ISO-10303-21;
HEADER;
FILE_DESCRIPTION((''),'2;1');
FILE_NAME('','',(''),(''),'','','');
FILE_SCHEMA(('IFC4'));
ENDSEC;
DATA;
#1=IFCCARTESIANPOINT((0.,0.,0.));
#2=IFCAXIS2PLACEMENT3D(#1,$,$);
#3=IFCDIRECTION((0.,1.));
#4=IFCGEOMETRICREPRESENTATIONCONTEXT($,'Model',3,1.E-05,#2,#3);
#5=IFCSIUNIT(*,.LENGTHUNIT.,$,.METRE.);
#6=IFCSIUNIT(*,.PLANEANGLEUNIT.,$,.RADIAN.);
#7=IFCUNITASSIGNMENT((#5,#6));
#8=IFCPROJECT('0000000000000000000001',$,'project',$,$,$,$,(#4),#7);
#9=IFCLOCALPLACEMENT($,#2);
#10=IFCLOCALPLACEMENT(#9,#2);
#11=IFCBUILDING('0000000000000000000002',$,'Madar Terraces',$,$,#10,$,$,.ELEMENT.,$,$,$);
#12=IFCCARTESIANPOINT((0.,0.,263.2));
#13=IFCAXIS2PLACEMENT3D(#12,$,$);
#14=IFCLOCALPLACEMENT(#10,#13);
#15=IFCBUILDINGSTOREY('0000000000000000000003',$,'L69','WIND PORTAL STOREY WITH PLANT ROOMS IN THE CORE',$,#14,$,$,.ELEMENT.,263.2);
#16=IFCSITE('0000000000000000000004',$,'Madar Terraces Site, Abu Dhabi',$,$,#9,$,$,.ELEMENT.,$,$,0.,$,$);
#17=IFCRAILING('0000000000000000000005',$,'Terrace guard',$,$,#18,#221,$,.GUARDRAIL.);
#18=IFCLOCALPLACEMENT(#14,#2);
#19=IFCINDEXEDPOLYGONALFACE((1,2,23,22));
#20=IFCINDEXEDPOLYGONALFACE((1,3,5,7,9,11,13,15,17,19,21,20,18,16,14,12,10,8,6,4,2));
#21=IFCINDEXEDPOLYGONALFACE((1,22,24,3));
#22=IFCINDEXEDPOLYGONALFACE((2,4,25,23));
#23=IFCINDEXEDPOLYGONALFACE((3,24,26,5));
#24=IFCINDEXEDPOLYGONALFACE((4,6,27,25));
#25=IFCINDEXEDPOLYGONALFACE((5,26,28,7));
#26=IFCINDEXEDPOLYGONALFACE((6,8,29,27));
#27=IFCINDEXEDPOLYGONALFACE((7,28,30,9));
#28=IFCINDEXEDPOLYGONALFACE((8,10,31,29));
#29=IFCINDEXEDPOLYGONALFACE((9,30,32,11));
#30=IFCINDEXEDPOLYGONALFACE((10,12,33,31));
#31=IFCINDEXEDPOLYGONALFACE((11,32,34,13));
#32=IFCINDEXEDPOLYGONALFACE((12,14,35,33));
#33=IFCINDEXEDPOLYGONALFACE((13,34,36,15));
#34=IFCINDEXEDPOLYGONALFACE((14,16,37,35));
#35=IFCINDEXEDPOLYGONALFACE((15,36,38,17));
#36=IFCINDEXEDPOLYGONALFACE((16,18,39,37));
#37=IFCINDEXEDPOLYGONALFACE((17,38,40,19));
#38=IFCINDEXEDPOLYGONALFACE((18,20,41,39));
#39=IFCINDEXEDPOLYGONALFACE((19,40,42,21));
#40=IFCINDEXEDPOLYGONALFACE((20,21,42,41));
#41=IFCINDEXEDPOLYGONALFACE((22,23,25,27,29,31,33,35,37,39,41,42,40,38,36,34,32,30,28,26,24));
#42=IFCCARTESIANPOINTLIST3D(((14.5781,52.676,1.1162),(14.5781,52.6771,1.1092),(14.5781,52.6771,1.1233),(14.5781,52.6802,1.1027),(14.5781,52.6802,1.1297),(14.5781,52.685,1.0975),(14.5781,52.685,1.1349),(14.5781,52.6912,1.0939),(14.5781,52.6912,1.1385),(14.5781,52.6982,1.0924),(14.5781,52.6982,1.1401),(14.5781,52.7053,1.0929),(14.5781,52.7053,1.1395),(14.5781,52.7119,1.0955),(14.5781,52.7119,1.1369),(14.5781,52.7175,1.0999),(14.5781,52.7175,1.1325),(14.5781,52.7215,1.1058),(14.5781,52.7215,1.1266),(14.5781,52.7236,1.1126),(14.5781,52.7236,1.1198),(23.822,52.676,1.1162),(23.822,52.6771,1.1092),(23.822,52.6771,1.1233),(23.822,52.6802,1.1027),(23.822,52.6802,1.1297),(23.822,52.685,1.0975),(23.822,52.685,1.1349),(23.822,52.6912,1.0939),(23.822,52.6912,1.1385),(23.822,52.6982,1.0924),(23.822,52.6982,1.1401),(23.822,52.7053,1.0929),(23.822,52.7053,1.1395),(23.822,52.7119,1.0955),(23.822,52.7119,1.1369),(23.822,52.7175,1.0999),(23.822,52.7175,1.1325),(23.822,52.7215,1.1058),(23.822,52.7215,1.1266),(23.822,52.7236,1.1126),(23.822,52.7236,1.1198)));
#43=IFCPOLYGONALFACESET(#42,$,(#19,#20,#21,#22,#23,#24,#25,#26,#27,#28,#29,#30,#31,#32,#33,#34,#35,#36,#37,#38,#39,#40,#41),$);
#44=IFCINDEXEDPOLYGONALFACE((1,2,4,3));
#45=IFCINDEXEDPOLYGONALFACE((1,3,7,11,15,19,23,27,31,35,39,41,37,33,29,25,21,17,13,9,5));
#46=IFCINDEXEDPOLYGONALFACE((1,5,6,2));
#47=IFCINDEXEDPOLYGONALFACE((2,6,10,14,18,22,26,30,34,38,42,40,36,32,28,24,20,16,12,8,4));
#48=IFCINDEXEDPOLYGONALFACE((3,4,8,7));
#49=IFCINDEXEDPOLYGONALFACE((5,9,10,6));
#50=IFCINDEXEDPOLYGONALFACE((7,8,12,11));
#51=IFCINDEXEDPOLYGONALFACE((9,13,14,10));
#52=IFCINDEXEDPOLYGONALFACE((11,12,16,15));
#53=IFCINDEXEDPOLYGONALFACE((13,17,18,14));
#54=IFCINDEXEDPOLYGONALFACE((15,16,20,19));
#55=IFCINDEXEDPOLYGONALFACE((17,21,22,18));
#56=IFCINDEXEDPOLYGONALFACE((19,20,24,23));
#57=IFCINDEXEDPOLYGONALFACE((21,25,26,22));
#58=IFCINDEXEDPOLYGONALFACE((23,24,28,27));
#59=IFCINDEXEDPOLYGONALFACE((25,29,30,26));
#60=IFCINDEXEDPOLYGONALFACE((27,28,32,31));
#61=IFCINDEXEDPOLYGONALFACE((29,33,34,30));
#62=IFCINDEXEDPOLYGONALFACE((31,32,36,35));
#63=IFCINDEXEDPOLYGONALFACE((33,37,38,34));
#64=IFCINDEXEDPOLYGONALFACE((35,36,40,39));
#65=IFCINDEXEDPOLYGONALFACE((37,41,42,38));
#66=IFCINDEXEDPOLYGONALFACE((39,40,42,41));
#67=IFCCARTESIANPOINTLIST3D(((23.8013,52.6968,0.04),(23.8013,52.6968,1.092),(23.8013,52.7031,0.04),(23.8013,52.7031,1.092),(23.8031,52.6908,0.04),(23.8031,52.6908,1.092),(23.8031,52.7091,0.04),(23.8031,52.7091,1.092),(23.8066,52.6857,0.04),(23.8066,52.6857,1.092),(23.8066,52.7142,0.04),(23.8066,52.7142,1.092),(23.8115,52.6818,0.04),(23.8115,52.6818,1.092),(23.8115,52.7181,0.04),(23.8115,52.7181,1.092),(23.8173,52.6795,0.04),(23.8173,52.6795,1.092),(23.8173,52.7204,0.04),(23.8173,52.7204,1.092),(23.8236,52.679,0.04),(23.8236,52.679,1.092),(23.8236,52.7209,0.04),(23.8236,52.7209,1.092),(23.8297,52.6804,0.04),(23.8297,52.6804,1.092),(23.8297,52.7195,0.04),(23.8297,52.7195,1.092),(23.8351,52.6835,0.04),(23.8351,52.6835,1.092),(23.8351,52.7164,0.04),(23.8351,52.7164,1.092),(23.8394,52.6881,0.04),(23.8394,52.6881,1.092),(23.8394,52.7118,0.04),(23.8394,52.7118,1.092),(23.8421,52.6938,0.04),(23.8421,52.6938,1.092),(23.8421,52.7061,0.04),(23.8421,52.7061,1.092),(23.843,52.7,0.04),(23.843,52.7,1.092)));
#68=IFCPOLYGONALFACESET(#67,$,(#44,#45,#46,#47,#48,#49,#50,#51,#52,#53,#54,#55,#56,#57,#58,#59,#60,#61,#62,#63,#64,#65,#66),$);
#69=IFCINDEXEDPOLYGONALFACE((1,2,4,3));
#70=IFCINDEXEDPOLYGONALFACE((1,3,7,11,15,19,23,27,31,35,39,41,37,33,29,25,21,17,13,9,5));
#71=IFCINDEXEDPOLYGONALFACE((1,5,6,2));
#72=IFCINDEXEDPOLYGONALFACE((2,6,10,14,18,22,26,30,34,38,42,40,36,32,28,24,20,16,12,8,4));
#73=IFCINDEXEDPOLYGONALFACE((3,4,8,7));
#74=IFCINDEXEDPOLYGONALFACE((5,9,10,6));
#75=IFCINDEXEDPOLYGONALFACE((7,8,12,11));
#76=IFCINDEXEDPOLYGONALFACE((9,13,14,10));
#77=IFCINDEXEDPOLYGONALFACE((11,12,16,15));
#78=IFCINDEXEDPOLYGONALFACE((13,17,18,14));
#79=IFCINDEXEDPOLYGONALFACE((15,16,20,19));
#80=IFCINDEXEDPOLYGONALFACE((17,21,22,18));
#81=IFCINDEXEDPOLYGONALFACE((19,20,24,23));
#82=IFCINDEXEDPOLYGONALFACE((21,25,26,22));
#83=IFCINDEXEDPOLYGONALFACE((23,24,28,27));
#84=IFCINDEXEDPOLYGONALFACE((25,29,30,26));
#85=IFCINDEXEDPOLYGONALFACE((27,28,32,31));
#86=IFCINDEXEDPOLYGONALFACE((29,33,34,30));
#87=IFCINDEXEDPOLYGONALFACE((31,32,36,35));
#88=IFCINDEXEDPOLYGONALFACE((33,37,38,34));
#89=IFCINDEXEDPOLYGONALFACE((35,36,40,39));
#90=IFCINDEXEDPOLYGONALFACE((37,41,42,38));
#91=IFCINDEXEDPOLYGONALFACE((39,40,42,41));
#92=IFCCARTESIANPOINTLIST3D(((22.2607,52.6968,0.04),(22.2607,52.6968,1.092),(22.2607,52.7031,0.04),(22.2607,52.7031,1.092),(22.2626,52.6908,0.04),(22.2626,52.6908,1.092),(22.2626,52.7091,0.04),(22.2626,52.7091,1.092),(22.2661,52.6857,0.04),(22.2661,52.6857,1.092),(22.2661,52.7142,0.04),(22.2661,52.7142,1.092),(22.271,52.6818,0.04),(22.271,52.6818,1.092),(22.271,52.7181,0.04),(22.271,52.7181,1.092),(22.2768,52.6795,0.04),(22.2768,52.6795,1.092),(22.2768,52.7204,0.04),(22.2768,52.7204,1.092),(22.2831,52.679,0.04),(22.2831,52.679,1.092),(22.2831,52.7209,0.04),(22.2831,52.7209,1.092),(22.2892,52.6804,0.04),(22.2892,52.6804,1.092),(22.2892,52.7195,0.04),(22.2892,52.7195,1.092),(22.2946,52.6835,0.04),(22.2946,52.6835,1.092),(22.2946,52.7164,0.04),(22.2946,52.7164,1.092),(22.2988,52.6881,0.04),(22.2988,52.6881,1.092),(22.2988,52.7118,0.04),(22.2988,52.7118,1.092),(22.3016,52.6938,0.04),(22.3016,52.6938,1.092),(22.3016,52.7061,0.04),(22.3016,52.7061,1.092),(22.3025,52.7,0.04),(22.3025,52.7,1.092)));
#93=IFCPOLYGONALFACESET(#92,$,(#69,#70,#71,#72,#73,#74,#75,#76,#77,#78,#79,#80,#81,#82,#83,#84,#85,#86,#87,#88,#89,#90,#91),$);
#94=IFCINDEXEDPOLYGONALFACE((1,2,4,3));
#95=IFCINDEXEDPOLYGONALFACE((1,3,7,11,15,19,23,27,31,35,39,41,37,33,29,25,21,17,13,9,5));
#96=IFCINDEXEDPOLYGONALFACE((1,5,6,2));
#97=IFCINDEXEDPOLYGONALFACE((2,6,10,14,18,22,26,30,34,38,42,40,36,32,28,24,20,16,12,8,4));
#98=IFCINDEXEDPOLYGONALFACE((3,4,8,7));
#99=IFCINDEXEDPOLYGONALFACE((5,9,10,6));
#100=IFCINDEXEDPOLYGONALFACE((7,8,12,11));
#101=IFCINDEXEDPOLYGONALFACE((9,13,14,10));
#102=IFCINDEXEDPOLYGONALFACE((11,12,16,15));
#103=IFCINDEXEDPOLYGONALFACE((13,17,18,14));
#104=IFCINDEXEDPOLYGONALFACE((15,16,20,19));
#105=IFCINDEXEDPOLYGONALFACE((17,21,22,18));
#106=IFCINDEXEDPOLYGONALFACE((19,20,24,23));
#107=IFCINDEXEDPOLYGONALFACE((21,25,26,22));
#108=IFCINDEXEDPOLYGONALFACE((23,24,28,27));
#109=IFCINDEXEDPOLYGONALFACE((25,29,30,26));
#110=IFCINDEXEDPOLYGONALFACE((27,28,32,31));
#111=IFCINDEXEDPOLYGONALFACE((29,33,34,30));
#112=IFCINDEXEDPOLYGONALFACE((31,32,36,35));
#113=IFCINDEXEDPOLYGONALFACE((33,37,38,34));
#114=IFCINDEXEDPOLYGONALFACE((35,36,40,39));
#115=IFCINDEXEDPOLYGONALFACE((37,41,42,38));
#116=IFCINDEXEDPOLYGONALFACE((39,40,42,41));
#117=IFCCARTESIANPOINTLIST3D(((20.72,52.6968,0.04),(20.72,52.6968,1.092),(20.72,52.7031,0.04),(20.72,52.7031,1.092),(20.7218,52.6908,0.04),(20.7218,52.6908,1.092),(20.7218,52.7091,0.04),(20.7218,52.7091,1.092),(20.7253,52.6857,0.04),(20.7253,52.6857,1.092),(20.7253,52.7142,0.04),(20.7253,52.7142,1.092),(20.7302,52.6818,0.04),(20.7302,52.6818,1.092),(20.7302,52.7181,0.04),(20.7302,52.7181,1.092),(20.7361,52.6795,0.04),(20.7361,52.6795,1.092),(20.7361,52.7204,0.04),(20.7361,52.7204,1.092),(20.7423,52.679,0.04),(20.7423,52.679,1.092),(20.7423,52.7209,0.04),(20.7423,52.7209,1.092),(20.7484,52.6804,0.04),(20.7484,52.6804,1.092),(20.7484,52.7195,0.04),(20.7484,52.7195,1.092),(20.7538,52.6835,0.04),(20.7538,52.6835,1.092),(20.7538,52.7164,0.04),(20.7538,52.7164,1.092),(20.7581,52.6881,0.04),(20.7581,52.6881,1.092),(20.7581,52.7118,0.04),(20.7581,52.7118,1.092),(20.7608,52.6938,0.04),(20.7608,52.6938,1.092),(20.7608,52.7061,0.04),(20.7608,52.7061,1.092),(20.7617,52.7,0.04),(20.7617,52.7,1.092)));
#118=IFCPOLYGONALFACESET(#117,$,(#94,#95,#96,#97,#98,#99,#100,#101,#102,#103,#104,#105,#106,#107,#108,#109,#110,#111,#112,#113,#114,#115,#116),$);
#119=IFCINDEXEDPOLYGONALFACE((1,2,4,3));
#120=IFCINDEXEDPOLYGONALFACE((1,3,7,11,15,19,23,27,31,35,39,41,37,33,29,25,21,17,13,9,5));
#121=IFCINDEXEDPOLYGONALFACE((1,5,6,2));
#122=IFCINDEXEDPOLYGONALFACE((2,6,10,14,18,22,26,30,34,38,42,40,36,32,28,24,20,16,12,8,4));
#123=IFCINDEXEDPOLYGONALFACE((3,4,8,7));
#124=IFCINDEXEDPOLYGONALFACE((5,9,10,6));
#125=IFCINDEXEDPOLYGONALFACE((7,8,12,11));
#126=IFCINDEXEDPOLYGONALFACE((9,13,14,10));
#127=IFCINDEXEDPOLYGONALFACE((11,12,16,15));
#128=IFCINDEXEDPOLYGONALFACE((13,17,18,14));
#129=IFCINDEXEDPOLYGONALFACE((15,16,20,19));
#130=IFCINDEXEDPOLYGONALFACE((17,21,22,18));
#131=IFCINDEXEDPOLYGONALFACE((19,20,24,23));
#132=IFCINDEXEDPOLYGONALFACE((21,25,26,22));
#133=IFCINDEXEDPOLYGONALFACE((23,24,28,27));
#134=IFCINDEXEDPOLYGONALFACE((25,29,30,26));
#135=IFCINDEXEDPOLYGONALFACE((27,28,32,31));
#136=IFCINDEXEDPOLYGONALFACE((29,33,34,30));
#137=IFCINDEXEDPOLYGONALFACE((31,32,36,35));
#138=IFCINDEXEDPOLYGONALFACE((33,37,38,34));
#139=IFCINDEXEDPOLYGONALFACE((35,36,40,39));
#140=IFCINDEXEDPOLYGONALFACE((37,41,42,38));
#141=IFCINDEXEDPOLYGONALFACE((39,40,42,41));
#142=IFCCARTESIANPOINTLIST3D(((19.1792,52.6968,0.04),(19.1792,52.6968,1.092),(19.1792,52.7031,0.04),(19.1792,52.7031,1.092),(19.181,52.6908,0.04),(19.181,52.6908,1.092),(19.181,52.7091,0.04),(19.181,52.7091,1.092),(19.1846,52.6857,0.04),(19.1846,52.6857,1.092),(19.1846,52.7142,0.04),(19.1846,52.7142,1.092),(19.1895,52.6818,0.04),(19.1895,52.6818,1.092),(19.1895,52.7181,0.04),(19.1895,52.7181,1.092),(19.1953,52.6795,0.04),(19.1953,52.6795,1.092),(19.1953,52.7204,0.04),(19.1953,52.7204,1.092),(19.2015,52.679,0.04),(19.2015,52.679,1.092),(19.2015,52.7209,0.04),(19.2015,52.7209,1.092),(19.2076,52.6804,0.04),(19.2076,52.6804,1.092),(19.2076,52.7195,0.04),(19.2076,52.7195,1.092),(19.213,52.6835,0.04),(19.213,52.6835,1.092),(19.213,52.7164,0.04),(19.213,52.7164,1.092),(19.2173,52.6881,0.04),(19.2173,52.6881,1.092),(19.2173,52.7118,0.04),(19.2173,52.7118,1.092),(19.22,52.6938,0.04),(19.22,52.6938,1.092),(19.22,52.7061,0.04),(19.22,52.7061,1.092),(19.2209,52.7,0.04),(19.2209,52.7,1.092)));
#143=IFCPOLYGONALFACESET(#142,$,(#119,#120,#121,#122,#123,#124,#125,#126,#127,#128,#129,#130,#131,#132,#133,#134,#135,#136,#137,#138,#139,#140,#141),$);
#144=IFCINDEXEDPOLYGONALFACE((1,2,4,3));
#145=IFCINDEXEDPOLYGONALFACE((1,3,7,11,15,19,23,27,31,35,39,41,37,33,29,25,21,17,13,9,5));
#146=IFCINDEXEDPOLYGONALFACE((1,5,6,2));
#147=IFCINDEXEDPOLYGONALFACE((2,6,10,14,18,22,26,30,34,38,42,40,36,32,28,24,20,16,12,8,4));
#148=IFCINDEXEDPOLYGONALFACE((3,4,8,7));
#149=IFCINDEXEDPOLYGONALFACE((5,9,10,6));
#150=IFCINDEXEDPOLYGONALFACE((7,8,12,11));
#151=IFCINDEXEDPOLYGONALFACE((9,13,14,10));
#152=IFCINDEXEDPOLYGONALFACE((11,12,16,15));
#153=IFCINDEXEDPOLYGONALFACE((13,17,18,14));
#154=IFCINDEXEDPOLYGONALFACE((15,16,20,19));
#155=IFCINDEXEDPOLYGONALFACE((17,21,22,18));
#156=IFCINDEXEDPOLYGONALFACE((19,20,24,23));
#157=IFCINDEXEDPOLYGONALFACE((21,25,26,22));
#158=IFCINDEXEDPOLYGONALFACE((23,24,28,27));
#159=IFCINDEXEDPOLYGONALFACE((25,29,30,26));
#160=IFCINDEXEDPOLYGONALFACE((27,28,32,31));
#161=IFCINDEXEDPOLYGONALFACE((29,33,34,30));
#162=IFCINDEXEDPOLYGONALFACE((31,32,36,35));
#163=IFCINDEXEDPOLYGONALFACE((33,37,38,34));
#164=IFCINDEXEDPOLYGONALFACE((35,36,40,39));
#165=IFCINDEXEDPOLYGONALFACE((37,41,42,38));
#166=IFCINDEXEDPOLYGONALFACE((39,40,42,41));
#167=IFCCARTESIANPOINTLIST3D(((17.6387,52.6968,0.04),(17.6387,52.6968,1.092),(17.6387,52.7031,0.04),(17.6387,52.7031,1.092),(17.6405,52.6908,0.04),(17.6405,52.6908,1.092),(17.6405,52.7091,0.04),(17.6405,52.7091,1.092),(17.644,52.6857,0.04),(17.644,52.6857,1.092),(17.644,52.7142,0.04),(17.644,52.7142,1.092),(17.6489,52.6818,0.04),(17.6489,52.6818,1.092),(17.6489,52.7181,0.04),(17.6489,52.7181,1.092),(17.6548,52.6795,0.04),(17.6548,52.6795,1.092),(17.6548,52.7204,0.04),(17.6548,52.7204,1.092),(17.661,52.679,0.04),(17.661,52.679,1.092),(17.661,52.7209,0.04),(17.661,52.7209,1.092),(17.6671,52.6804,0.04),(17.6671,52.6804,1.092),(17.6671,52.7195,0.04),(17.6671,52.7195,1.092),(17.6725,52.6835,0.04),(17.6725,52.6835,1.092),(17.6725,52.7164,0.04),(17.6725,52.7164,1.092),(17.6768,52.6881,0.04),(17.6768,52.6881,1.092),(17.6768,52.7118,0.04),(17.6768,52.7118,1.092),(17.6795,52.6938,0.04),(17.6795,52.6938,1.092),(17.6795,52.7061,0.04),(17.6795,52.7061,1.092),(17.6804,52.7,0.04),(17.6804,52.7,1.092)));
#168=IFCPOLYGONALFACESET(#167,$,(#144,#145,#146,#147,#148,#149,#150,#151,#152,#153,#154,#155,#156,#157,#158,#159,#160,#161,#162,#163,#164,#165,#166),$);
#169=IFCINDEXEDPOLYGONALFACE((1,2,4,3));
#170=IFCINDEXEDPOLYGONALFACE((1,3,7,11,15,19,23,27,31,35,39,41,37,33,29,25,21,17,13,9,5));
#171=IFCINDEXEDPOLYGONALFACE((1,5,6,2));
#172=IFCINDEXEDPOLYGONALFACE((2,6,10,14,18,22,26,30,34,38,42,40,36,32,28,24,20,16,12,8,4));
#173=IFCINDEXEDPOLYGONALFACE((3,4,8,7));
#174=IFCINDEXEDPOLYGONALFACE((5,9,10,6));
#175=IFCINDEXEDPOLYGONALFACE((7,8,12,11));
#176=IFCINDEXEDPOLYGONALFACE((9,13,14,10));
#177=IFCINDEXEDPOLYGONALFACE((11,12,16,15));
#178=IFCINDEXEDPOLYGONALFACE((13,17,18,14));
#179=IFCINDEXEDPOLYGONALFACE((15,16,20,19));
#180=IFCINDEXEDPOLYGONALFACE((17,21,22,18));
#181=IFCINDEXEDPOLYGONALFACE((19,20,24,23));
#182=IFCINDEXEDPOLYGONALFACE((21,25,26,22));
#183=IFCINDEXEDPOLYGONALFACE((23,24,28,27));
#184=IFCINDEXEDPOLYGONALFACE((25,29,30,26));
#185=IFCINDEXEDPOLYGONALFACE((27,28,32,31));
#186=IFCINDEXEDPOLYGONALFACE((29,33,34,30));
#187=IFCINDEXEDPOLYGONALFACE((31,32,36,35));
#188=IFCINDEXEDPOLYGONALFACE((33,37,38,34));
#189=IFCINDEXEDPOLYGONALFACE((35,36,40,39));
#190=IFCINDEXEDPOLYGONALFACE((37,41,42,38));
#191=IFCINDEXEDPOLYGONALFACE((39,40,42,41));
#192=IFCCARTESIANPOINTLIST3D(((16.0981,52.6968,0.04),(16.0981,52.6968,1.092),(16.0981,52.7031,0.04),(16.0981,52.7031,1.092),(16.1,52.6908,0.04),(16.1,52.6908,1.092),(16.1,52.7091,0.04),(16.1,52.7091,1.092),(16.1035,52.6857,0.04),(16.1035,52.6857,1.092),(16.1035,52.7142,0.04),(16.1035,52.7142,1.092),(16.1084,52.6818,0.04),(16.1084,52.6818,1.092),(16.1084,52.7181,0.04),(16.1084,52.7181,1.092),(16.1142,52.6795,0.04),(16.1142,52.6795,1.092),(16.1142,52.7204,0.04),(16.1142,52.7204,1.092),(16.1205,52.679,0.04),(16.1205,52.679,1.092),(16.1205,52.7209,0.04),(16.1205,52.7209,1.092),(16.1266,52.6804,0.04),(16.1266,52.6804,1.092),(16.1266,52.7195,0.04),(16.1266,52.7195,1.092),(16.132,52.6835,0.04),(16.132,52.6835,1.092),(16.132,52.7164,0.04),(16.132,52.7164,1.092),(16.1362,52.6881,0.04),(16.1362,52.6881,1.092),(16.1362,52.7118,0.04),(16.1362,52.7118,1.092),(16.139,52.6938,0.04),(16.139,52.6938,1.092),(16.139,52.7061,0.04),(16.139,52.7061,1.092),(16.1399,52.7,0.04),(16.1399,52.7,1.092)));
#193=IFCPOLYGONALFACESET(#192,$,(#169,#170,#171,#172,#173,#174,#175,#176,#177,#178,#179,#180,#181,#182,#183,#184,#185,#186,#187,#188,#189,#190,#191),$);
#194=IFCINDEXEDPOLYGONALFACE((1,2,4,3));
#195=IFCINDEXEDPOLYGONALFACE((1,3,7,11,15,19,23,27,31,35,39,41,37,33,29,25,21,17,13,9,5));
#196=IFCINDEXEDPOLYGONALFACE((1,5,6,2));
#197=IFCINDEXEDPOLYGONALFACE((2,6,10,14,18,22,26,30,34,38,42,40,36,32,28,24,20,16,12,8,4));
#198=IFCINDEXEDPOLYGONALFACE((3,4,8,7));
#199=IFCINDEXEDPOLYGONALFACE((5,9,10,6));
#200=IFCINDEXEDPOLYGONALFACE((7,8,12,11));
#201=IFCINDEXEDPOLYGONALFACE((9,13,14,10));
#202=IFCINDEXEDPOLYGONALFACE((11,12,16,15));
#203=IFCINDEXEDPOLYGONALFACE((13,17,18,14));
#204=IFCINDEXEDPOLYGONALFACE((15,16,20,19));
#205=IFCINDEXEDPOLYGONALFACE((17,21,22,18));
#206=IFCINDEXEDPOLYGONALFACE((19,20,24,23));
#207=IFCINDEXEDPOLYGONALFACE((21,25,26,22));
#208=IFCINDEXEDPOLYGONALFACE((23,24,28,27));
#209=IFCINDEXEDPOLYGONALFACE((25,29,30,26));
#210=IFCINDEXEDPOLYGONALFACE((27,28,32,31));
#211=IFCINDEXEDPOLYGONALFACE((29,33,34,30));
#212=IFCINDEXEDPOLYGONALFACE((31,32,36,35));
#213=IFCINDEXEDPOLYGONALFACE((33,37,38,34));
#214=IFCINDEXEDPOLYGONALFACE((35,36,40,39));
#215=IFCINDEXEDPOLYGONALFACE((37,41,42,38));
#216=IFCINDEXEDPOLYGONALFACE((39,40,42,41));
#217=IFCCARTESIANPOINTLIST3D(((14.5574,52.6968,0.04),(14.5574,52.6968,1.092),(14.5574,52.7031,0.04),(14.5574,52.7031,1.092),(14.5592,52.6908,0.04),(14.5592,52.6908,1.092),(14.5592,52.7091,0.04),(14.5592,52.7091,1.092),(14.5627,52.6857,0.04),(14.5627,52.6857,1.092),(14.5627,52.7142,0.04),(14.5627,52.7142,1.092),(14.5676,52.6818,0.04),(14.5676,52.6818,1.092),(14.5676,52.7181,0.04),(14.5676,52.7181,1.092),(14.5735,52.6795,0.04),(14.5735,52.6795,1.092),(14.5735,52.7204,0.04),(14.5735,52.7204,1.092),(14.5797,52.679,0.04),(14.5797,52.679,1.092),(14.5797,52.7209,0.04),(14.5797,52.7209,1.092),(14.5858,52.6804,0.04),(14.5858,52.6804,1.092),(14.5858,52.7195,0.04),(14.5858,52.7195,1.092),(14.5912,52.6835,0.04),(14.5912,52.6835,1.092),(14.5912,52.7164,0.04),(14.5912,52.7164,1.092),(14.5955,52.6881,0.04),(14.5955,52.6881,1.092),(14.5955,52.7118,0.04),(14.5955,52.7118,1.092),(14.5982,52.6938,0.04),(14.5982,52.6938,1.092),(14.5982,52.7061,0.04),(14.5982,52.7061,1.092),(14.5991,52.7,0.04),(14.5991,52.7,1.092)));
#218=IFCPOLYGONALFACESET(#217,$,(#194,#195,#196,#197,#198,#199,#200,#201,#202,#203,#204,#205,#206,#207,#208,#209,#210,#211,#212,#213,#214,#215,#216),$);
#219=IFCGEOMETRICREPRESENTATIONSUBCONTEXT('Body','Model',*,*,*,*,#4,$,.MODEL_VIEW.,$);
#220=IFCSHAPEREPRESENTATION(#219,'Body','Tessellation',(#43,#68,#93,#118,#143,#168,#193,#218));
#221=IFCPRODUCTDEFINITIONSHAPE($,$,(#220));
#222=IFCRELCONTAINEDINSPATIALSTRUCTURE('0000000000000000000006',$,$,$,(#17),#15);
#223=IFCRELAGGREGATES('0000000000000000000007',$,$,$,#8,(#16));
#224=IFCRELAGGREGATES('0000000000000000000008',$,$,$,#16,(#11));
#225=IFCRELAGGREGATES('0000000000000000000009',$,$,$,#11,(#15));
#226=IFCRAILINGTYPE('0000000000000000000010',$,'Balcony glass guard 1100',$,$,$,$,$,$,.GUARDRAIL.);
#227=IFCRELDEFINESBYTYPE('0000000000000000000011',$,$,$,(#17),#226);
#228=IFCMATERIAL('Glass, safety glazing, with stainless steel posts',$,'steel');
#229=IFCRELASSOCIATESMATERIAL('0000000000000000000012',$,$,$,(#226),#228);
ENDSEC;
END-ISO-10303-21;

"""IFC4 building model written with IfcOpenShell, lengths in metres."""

from ifc_helpers import new_model, si_unit, direction, frame, origin, origin_2d, place, context, subcontext, project, spatial, circle, extrude, material, type_object, element, save


model = new_model("IFC4")

# Units and contexts
model_context = context("Model", 3, precision=1e-05, world=origin(), true_north=direction((0.0, 1.0)))
body_context = subcontext(model_context, "Body", "Model", "MODEL_VIEW")
ifc_project = project(units=[si_unit("LENGTHUNIT", "METRE"), si_unit("PLANEANGLEUNIT", "RADIAN")], contexts=[model_context])

# Site, building, storey
site_placement = place(None, origin())
site = spatial("IfcSite", under=ifc_project, at=site_placement, Name="Madar Terraces Site, Abu Dhabi", CompositionType="ELEMENT", RefElevation=0.0)
building_placement = place(site_placement, origin())
building = spatial("IfcBuilding", under=site, at=building_placement, Name="Madar Terraces", CompositionType="ELEMENT")
storey_placement = place(building_placement, frame((0.0, 0.0, 263.2)))
storey = spatial("IfcBuildingStorey", under=building, at=storey_placement, Name="L69", Description="WIND PORTAL STOREY WITH PLANT ROOMS IN THE CORE", CompositionType="ELEMENT", Elevation=263.2)

# Railing
ifc_material_1 = material(Name="Glass, safety glazing, with stainless steel posts", Category="steel")
railing_type = type_object("IfcRailingType", Name="Balcony glass guard 1100", PredefinedType="GUARDRAIL", material=ifc_material_1)
railing_1_placement = place(storey_placement, frame((23.822, 52.7, 0.04)))
element("IfcRailing", 1, at=railing_1_placement, inside=storey, type_object=railing_type, Name="Terrace guard", PredefinedType="GUARDRAIL", context=body_context, shape_type="SweptSolid", body=[
    extrude(circle(Radius=0.0239, at=origin_2d()), frame((0.0, 0.0, 1.0762), z_axis=(-1.0, 0.0, 0.0), x_axis=(0.0, -1.0, 0.0)), (0.0, 0.0, 1.0), 9.2439),
    extrude(circle(Radius=0.021, at=origin_2d()), origin(), (0.0, 0.0, 1.0), 1.052),
    extrude(circle(Radius=0.021, at=origin_2d()), frame((-1.5405, 0.0, 0.0)), (0.0, 0.0, 1.0), 1.052),
    extrude(circle(Radius=0.021, at=origin_2d()), frame((-3.0813, 0.0, 0.0)), (0.0, 0.0, 1.0), 1.052),
    extrude(circle(Radius=0.021, at=origin_2d()), frame((-4.6221, 0.0, 0.0)), (0.0, 0.0, 1.0), 1.052),
    extrude(circle(Radius=0.021, at=origin_2d()), frame((-6.1626, 0.0, 0.0)), (0.0, 0.0, 1.0), 1.052),
    extrude(circle(Radius=0.021, at=origin_2d()), frame((-7.7031, 0.0, 0.0)), (0.0, 0.0, 1.0), 1.052),
    extrude(circle(Radius=0.021, at=origin_2d()), frame((-9.2439, 0.0, 0.0)), (0.0, 0.0, 1.0), 1.052),
])

save(model, "model.ifc")
